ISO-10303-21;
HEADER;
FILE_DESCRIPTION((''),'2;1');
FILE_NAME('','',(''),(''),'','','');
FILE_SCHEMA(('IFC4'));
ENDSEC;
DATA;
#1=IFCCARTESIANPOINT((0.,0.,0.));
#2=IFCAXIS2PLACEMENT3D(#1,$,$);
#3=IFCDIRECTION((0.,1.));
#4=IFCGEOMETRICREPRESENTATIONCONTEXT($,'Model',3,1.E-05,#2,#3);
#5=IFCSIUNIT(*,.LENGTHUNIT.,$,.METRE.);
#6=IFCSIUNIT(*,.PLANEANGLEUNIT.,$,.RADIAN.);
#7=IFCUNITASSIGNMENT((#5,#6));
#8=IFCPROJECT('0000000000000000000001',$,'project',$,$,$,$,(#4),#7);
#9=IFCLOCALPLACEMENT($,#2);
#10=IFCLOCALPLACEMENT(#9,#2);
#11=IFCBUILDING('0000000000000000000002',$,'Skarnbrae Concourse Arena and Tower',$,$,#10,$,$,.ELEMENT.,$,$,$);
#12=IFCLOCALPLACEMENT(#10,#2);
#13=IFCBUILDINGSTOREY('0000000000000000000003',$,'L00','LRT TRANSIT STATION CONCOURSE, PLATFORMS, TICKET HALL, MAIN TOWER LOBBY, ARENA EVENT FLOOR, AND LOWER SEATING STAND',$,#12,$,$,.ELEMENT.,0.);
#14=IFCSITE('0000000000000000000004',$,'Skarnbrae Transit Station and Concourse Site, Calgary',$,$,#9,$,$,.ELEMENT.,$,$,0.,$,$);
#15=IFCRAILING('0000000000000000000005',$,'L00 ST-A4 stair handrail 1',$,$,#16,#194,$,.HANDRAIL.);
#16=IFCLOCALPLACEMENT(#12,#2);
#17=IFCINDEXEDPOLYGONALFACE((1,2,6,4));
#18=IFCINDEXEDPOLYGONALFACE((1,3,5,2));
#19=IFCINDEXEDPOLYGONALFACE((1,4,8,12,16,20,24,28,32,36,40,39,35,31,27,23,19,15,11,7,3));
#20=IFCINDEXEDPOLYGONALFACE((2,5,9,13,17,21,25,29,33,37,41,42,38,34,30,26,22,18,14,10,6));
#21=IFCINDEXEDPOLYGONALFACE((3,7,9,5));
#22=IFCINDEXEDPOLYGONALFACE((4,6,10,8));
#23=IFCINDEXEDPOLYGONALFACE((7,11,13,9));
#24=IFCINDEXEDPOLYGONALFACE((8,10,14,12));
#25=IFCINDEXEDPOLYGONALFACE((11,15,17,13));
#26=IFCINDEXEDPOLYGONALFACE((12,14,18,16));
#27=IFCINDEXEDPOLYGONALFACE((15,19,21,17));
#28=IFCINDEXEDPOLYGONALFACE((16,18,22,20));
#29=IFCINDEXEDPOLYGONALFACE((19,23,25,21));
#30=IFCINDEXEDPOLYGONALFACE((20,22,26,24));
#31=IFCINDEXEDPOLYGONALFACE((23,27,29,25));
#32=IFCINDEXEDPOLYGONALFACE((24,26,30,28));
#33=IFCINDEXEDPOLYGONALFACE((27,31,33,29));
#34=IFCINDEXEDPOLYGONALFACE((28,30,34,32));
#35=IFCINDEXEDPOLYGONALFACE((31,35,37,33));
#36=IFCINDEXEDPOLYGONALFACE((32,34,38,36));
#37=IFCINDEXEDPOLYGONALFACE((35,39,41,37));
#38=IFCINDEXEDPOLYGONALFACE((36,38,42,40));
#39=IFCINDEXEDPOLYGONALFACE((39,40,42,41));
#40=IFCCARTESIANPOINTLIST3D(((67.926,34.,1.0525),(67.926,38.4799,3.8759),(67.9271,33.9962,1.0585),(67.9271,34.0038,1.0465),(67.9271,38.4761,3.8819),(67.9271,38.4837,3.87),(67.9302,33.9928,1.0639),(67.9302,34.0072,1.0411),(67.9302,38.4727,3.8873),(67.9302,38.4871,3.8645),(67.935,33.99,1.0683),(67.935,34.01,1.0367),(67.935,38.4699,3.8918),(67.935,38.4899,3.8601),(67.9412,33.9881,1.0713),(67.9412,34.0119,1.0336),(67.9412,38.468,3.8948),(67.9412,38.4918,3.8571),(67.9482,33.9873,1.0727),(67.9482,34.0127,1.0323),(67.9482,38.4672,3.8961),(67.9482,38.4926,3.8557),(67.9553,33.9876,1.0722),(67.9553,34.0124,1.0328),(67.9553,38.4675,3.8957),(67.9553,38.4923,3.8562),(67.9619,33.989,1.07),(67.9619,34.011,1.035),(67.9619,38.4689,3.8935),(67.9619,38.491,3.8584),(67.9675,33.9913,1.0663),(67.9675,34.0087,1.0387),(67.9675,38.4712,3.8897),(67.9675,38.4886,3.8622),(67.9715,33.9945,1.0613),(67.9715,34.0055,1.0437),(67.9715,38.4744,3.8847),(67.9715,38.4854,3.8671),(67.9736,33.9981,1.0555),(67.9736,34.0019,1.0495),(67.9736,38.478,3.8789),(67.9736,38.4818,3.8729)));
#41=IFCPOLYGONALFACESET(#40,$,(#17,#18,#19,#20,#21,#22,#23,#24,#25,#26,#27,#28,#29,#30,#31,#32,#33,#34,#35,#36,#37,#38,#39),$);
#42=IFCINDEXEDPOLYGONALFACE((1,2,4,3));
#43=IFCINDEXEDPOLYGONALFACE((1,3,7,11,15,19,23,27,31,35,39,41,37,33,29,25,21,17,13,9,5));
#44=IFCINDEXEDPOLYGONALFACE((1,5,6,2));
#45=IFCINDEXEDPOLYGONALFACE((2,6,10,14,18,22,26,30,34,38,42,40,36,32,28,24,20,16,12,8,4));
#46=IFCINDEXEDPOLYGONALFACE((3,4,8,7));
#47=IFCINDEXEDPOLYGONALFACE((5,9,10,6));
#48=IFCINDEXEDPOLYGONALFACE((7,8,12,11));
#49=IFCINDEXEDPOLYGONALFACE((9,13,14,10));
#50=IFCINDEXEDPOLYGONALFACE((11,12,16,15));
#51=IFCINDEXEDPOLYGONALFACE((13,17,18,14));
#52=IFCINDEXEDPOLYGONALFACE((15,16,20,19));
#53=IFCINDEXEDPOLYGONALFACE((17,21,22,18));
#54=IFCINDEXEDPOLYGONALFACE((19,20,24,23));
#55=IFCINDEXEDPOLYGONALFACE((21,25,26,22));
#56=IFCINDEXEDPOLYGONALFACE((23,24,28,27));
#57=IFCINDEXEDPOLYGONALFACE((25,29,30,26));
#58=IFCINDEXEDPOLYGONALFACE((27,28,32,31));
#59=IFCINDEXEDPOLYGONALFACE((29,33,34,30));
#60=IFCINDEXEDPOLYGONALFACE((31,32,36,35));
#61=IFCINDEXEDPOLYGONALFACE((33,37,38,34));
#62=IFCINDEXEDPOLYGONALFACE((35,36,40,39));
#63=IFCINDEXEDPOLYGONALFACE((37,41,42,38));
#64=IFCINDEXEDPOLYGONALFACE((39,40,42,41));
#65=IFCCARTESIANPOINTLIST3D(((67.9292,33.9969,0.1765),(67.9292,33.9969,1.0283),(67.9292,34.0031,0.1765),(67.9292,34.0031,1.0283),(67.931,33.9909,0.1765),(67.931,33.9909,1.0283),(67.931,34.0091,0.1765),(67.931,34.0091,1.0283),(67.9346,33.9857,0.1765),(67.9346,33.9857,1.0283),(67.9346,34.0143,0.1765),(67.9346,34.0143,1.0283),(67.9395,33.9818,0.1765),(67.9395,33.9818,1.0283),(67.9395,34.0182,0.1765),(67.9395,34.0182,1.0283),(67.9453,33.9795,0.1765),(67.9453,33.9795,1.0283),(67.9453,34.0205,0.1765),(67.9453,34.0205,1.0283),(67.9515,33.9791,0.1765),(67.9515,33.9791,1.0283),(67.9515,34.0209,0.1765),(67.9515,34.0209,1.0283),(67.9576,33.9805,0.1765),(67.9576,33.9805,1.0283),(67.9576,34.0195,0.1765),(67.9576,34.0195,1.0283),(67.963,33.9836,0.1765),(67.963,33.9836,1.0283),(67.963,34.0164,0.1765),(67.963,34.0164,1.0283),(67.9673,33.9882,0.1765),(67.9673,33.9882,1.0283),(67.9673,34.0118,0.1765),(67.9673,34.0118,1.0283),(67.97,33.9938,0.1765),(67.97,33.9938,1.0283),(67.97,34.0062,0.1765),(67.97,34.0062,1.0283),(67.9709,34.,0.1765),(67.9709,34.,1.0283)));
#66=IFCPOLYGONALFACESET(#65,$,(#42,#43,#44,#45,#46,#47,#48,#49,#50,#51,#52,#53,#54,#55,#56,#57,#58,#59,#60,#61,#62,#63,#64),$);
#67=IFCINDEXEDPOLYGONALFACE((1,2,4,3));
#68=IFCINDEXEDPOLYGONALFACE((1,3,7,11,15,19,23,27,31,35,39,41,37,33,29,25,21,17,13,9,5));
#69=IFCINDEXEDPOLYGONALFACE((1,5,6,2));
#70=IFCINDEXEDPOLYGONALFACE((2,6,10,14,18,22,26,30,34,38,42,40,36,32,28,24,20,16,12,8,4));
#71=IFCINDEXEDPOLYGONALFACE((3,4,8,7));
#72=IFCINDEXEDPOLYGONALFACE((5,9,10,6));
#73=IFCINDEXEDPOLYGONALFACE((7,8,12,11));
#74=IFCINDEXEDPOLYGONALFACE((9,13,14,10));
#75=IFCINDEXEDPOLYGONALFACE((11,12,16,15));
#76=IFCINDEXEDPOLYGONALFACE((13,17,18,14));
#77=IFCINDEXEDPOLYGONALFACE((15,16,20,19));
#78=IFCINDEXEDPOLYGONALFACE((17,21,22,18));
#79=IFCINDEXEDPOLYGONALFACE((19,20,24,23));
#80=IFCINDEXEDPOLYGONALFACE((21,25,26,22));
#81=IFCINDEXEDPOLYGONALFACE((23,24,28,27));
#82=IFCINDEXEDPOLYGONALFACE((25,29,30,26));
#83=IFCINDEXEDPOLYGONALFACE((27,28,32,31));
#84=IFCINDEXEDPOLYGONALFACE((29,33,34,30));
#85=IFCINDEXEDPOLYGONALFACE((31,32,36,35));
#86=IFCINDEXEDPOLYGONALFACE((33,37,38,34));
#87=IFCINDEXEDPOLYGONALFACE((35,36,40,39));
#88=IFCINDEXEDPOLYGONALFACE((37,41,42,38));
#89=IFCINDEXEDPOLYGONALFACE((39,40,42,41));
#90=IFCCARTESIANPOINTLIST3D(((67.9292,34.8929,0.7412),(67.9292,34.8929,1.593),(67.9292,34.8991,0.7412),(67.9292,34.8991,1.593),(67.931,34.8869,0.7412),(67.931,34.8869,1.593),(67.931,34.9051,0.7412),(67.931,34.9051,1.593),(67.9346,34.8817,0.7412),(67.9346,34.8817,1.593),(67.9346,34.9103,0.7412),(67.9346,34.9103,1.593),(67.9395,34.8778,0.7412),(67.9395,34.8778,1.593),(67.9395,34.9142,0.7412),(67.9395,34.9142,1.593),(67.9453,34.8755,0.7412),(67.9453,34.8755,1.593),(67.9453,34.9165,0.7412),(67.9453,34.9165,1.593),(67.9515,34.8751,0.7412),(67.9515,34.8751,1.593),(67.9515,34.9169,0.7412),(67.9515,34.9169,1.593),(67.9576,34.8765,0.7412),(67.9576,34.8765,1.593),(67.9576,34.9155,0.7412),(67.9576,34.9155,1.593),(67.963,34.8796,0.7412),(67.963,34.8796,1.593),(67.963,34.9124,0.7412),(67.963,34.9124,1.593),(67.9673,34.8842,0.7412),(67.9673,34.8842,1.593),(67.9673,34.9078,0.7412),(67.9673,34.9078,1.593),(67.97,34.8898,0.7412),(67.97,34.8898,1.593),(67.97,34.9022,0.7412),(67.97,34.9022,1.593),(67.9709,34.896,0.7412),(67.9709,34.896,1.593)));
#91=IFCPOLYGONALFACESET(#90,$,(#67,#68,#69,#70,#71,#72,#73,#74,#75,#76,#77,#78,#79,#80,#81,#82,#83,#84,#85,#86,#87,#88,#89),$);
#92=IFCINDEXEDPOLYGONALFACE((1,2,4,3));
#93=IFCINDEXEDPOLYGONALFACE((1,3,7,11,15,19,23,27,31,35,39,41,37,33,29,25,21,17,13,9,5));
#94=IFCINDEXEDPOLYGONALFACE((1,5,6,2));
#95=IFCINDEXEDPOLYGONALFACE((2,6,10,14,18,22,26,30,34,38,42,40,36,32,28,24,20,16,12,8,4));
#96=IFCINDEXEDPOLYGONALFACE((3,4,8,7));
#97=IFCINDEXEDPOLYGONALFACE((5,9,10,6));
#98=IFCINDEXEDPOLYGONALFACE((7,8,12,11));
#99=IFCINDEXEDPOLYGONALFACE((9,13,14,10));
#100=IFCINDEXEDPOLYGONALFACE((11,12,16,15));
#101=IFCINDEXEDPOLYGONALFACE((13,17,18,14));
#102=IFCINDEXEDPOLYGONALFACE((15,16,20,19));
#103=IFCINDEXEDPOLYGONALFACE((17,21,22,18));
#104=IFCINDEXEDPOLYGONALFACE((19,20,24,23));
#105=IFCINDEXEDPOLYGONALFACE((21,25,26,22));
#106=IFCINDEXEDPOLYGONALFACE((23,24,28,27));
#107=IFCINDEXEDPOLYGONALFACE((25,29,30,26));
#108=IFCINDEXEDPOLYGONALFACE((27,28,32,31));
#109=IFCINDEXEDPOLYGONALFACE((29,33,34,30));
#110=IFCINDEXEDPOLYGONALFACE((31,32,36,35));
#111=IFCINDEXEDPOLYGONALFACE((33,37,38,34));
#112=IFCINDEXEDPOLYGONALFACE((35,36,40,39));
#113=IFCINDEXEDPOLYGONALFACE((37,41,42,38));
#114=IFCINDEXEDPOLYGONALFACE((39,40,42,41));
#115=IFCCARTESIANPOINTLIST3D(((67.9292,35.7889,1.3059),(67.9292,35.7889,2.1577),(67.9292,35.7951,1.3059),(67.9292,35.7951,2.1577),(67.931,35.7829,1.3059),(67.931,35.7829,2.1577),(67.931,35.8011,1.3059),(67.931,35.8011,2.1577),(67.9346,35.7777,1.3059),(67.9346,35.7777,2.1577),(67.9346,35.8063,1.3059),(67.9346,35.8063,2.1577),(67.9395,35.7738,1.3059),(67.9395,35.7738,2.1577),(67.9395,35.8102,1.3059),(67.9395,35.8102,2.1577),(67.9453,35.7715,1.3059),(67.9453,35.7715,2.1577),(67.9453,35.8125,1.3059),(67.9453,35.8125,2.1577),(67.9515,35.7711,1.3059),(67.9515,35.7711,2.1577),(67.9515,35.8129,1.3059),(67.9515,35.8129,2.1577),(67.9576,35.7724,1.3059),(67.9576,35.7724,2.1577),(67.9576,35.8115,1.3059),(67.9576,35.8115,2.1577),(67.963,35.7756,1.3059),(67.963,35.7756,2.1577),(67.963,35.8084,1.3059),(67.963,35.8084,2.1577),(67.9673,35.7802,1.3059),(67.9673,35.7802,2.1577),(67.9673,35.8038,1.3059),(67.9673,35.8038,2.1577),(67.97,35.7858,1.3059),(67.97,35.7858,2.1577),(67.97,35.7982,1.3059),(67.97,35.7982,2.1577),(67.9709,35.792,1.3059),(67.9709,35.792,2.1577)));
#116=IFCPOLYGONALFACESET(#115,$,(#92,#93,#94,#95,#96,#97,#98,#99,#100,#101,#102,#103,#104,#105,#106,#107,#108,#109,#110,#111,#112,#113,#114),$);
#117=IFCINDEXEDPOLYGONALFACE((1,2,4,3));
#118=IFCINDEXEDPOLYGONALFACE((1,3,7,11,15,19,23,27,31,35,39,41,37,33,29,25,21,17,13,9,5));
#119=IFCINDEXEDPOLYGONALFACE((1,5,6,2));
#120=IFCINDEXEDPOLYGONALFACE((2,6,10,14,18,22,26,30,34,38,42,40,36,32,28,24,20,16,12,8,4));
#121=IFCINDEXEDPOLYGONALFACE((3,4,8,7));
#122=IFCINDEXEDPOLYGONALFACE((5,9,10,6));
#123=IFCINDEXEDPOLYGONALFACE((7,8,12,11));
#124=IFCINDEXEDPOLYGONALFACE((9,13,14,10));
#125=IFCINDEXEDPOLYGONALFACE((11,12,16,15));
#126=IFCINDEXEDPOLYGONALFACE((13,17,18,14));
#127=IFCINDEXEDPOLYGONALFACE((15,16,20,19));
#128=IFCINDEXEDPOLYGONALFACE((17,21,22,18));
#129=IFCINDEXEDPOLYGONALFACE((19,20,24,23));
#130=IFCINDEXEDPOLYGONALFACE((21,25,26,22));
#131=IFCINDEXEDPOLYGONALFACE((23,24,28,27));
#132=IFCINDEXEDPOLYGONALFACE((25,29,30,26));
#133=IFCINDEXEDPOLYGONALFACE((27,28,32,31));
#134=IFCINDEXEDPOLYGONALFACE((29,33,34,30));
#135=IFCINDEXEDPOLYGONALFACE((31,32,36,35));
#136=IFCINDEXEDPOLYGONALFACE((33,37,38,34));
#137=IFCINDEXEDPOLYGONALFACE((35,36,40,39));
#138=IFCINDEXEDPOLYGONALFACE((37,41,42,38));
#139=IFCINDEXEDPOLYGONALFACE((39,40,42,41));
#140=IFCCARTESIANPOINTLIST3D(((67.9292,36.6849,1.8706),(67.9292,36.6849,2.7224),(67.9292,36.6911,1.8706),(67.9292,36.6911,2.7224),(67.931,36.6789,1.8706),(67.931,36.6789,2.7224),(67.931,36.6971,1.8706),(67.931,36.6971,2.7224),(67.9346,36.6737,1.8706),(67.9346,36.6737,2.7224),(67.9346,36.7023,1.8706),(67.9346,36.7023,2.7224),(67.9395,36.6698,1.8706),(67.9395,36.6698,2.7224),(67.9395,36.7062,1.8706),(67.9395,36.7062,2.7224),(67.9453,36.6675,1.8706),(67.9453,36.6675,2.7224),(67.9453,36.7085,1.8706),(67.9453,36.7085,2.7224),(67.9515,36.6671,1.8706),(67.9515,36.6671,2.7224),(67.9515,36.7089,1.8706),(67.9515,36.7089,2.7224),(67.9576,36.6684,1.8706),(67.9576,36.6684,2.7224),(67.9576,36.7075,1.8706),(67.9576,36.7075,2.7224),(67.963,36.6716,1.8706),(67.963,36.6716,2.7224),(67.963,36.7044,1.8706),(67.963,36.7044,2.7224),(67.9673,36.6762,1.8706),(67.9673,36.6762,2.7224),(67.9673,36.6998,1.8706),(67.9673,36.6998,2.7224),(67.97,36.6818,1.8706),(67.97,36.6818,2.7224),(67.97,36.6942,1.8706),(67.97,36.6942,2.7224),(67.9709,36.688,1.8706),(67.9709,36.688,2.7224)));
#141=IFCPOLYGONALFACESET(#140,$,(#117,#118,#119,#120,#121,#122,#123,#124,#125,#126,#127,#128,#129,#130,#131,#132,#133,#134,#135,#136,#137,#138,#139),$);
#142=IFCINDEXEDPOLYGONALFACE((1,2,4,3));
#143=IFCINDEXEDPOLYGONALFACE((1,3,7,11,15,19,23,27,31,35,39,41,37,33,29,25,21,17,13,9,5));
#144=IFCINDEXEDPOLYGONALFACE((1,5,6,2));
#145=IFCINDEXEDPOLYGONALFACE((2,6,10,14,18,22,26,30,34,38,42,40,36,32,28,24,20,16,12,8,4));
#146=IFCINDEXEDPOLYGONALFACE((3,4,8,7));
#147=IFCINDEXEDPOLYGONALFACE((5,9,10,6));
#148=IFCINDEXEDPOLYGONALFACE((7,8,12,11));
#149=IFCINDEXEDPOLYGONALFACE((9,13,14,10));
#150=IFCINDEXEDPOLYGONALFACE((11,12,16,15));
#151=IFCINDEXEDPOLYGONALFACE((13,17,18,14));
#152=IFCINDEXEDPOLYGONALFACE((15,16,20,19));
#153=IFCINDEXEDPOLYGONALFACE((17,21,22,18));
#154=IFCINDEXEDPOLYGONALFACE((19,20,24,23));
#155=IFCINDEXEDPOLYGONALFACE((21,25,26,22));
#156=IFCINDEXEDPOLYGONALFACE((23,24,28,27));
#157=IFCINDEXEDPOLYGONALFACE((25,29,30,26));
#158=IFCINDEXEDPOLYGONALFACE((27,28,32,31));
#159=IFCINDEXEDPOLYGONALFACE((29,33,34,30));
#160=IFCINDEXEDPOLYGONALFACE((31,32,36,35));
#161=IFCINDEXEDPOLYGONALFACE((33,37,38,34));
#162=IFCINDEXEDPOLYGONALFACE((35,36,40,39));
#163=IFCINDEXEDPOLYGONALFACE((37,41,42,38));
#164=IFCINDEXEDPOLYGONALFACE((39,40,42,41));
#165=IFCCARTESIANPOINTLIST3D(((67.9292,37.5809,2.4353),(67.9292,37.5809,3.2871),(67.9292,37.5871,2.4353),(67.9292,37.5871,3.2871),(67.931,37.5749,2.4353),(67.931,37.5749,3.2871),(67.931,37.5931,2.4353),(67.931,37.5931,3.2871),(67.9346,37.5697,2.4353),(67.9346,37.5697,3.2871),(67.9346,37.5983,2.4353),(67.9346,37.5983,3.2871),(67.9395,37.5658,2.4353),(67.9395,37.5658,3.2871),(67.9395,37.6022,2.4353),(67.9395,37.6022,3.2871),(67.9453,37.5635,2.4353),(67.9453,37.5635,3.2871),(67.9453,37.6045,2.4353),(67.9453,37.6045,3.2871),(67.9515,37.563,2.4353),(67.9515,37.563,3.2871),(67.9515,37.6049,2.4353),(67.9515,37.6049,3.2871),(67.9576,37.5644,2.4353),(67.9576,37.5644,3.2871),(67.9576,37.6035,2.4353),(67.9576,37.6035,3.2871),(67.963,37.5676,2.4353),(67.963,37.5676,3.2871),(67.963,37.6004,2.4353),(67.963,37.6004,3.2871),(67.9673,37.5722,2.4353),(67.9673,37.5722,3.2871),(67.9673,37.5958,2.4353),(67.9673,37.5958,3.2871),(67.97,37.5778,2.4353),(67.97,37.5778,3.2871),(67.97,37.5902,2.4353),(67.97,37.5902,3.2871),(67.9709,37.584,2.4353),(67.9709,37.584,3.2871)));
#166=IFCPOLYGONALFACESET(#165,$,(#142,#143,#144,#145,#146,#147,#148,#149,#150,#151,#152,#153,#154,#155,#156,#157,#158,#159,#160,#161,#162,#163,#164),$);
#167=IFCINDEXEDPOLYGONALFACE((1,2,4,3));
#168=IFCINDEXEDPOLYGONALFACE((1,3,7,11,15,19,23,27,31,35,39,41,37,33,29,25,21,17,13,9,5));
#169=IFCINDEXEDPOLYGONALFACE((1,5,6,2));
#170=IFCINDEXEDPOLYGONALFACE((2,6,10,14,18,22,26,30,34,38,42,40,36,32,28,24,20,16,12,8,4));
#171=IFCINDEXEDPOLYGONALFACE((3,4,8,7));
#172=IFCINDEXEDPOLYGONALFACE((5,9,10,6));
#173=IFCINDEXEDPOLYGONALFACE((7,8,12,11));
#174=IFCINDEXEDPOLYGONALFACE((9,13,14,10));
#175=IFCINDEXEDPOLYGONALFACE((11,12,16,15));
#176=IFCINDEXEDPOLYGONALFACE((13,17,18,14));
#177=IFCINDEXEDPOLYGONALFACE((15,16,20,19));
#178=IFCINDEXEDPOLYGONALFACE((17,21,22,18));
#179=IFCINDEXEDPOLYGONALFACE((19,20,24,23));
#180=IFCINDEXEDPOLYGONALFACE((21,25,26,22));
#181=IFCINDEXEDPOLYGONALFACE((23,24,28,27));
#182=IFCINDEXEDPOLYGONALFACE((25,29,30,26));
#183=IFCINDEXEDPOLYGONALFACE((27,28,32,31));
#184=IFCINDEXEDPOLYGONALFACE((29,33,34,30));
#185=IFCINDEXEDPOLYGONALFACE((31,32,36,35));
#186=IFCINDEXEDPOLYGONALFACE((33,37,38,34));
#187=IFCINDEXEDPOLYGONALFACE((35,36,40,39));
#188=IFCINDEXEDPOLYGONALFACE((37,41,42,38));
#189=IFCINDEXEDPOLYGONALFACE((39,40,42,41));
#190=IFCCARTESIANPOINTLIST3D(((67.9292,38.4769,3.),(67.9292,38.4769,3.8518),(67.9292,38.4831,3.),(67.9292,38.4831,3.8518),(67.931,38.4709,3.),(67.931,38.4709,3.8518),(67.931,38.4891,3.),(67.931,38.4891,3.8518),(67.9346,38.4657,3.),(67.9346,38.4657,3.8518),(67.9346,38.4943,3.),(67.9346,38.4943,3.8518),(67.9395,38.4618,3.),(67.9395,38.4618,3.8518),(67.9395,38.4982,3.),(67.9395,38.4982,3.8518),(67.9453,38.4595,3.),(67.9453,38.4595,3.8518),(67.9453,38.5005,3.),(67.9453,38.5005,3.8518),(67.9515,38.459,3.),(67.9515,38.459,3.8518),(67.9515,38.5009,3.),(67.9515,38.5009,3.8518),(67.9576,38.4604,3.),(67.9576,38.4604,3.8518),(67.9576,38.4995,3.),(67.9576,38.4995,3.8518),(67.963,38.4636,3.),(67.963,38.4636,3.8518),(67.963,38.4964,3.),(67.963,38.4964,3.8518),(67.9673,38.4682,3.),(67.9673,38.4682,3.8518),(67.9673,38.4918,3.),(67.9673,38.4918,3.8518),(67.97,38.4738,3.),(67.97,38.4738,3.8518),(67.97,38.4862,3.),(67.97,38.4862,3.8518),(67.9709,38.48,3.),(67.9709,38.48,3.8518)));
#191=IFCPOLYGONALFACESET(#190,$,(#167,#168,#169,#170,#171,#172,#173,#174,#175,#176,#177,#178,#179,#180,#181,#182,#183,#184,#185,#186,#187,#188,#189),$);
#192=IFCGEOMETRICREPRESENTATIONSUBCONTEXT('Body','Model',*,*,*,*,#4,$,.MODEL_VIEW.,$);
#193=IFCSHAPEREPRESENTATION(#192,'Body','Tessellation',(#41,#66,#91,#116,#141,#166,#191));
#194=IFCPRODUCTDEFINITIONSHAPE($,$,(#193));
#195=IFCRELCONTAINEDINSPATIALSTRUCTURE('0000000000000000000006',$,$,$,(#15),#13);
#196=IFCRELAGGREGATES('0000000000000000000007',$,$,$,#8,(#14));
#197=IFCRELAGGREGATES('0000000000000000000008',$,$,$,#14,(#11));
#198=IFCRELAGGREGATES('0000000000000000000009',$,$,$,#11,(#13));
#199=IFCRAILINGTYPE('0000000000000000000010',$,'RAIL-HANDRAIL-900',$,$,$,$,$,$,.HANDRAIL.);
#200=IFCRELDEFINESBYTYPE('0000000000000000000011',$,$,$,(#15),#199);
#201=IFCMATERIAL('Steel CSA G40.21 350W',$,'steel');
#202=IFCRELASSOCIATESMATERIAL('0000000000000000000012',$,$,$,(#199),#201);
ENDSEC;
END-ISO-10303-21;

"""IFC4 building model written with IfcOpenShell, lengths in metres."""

from ifc_helpers import new_model, si_unit, direction, frame, origin, origin_2d, place, context, subcontext, project, spatial, circle, extrude, material, type_object, element, save


model = new_model("IFC4")

# Units and contexts
model_context = context("Model", 3, precision=1e-05, world=origin(), true_north=direction((0.0, 1.0)))
body_context = subcontext(model_context, "Body", "Model", "MODEL_VIEW")
ifc_project = project(units=[si_unit("LENGTHUNIT", "METRE"), si_unit("PLANEANGLEUNIT", "RADIAN")], contexts=[model_context])

# Site, building, storey
site_placement = place(None, origin())
site = spatial("IfcSite", under=ifc_project, at=site_placement, Name="Skarnbrae Transit Station and Concourse Site, Calgary", CompositionType="ELEMENT", RefElevation=0.0)
building_placement = place(site_placement, origin())
building = spatial("IfcBuilding", under=site, at=building_placement, Name="Skarnbrae Concourse Arena and Tower", CompositionType="ELEMENT")
storey_placement = place(building_placement, origin())
storey = spatial("IfcBuildingStorey", under=building, at=storey_placement, Name="L00", Description="LRT TRANSIT STATION CONCOURSE, PLATFORMS, TICKET HALL, MAIN TOWER LOBBY, ARENA EVENT FLOOR, AND LOWER SEATING STAND", CompositionType="ELEMENT", Elevation=0.0)

# Shared definitions
ifc_material_1 = material(Name="Steel CSA G40.21 350W", Category="steel")

# Railing
railing_type_1 = type_object("IfcRailingType", Name="RAIL-HANDRAIL-900", PredefinedType="HANDRAIL", material=ifc_material_1)
railing_1_placement = place(storey_placement, frame((67.95, 34.0, 0.1765)))
element("IfcRailing", 1, at=railing_1_placement, inside=storey, type_object=railing_type_1, Name="L00 ST-A4 stair handrail 1", PredefinedType="HANDRAIL", context=body_context, shape_type="SweptSolid", body=[
    extrude(circle(Radius=0.0239, at=origin_2d()), frame((0.0, 0.0, 0.876), z_axis=(0.0, 0.845998, 0.533186), x_axis=(-1.0, 0.0, 0.0)), (0.0, 0.0, 1.0), 5.2954),
    extrude(circle(Radius=0.021, at=origin_2d()), origin(), (0.0, 0.0, 1.0), 0.8518),
    extrude(circle(Radius=0.021, at=origin_2d()), frame((0.0, 0.896, 0.5647)), (0.0, 0.0, 1.0), 0.8518),
    extrude(circle(Radius=0.021, at=origin_2d()), frame((0.0, 1.792, 1.1294)), (0.0, 0.0, 1.0), 0.8518),
    extrude(circle(Radius=0.021, at=origin_2d()), frame((0.0, 2.688, 1.6941)), (0.0, 0.0, 1.0), 0.8518),
    extrude(circle(Radius=0.021, at=origin_2d()), frame((0.0, 3.584, 2.2588)), (0.0, 0.0, 1.0), 0.8518),
    extrude(circle(Radius=0.021, at=origin_2d()), frame((0.0, 4.48, 2.8235)), (0.0, 0.0, 1.0), 0.8518),
])

save(model, "model.ifc")
